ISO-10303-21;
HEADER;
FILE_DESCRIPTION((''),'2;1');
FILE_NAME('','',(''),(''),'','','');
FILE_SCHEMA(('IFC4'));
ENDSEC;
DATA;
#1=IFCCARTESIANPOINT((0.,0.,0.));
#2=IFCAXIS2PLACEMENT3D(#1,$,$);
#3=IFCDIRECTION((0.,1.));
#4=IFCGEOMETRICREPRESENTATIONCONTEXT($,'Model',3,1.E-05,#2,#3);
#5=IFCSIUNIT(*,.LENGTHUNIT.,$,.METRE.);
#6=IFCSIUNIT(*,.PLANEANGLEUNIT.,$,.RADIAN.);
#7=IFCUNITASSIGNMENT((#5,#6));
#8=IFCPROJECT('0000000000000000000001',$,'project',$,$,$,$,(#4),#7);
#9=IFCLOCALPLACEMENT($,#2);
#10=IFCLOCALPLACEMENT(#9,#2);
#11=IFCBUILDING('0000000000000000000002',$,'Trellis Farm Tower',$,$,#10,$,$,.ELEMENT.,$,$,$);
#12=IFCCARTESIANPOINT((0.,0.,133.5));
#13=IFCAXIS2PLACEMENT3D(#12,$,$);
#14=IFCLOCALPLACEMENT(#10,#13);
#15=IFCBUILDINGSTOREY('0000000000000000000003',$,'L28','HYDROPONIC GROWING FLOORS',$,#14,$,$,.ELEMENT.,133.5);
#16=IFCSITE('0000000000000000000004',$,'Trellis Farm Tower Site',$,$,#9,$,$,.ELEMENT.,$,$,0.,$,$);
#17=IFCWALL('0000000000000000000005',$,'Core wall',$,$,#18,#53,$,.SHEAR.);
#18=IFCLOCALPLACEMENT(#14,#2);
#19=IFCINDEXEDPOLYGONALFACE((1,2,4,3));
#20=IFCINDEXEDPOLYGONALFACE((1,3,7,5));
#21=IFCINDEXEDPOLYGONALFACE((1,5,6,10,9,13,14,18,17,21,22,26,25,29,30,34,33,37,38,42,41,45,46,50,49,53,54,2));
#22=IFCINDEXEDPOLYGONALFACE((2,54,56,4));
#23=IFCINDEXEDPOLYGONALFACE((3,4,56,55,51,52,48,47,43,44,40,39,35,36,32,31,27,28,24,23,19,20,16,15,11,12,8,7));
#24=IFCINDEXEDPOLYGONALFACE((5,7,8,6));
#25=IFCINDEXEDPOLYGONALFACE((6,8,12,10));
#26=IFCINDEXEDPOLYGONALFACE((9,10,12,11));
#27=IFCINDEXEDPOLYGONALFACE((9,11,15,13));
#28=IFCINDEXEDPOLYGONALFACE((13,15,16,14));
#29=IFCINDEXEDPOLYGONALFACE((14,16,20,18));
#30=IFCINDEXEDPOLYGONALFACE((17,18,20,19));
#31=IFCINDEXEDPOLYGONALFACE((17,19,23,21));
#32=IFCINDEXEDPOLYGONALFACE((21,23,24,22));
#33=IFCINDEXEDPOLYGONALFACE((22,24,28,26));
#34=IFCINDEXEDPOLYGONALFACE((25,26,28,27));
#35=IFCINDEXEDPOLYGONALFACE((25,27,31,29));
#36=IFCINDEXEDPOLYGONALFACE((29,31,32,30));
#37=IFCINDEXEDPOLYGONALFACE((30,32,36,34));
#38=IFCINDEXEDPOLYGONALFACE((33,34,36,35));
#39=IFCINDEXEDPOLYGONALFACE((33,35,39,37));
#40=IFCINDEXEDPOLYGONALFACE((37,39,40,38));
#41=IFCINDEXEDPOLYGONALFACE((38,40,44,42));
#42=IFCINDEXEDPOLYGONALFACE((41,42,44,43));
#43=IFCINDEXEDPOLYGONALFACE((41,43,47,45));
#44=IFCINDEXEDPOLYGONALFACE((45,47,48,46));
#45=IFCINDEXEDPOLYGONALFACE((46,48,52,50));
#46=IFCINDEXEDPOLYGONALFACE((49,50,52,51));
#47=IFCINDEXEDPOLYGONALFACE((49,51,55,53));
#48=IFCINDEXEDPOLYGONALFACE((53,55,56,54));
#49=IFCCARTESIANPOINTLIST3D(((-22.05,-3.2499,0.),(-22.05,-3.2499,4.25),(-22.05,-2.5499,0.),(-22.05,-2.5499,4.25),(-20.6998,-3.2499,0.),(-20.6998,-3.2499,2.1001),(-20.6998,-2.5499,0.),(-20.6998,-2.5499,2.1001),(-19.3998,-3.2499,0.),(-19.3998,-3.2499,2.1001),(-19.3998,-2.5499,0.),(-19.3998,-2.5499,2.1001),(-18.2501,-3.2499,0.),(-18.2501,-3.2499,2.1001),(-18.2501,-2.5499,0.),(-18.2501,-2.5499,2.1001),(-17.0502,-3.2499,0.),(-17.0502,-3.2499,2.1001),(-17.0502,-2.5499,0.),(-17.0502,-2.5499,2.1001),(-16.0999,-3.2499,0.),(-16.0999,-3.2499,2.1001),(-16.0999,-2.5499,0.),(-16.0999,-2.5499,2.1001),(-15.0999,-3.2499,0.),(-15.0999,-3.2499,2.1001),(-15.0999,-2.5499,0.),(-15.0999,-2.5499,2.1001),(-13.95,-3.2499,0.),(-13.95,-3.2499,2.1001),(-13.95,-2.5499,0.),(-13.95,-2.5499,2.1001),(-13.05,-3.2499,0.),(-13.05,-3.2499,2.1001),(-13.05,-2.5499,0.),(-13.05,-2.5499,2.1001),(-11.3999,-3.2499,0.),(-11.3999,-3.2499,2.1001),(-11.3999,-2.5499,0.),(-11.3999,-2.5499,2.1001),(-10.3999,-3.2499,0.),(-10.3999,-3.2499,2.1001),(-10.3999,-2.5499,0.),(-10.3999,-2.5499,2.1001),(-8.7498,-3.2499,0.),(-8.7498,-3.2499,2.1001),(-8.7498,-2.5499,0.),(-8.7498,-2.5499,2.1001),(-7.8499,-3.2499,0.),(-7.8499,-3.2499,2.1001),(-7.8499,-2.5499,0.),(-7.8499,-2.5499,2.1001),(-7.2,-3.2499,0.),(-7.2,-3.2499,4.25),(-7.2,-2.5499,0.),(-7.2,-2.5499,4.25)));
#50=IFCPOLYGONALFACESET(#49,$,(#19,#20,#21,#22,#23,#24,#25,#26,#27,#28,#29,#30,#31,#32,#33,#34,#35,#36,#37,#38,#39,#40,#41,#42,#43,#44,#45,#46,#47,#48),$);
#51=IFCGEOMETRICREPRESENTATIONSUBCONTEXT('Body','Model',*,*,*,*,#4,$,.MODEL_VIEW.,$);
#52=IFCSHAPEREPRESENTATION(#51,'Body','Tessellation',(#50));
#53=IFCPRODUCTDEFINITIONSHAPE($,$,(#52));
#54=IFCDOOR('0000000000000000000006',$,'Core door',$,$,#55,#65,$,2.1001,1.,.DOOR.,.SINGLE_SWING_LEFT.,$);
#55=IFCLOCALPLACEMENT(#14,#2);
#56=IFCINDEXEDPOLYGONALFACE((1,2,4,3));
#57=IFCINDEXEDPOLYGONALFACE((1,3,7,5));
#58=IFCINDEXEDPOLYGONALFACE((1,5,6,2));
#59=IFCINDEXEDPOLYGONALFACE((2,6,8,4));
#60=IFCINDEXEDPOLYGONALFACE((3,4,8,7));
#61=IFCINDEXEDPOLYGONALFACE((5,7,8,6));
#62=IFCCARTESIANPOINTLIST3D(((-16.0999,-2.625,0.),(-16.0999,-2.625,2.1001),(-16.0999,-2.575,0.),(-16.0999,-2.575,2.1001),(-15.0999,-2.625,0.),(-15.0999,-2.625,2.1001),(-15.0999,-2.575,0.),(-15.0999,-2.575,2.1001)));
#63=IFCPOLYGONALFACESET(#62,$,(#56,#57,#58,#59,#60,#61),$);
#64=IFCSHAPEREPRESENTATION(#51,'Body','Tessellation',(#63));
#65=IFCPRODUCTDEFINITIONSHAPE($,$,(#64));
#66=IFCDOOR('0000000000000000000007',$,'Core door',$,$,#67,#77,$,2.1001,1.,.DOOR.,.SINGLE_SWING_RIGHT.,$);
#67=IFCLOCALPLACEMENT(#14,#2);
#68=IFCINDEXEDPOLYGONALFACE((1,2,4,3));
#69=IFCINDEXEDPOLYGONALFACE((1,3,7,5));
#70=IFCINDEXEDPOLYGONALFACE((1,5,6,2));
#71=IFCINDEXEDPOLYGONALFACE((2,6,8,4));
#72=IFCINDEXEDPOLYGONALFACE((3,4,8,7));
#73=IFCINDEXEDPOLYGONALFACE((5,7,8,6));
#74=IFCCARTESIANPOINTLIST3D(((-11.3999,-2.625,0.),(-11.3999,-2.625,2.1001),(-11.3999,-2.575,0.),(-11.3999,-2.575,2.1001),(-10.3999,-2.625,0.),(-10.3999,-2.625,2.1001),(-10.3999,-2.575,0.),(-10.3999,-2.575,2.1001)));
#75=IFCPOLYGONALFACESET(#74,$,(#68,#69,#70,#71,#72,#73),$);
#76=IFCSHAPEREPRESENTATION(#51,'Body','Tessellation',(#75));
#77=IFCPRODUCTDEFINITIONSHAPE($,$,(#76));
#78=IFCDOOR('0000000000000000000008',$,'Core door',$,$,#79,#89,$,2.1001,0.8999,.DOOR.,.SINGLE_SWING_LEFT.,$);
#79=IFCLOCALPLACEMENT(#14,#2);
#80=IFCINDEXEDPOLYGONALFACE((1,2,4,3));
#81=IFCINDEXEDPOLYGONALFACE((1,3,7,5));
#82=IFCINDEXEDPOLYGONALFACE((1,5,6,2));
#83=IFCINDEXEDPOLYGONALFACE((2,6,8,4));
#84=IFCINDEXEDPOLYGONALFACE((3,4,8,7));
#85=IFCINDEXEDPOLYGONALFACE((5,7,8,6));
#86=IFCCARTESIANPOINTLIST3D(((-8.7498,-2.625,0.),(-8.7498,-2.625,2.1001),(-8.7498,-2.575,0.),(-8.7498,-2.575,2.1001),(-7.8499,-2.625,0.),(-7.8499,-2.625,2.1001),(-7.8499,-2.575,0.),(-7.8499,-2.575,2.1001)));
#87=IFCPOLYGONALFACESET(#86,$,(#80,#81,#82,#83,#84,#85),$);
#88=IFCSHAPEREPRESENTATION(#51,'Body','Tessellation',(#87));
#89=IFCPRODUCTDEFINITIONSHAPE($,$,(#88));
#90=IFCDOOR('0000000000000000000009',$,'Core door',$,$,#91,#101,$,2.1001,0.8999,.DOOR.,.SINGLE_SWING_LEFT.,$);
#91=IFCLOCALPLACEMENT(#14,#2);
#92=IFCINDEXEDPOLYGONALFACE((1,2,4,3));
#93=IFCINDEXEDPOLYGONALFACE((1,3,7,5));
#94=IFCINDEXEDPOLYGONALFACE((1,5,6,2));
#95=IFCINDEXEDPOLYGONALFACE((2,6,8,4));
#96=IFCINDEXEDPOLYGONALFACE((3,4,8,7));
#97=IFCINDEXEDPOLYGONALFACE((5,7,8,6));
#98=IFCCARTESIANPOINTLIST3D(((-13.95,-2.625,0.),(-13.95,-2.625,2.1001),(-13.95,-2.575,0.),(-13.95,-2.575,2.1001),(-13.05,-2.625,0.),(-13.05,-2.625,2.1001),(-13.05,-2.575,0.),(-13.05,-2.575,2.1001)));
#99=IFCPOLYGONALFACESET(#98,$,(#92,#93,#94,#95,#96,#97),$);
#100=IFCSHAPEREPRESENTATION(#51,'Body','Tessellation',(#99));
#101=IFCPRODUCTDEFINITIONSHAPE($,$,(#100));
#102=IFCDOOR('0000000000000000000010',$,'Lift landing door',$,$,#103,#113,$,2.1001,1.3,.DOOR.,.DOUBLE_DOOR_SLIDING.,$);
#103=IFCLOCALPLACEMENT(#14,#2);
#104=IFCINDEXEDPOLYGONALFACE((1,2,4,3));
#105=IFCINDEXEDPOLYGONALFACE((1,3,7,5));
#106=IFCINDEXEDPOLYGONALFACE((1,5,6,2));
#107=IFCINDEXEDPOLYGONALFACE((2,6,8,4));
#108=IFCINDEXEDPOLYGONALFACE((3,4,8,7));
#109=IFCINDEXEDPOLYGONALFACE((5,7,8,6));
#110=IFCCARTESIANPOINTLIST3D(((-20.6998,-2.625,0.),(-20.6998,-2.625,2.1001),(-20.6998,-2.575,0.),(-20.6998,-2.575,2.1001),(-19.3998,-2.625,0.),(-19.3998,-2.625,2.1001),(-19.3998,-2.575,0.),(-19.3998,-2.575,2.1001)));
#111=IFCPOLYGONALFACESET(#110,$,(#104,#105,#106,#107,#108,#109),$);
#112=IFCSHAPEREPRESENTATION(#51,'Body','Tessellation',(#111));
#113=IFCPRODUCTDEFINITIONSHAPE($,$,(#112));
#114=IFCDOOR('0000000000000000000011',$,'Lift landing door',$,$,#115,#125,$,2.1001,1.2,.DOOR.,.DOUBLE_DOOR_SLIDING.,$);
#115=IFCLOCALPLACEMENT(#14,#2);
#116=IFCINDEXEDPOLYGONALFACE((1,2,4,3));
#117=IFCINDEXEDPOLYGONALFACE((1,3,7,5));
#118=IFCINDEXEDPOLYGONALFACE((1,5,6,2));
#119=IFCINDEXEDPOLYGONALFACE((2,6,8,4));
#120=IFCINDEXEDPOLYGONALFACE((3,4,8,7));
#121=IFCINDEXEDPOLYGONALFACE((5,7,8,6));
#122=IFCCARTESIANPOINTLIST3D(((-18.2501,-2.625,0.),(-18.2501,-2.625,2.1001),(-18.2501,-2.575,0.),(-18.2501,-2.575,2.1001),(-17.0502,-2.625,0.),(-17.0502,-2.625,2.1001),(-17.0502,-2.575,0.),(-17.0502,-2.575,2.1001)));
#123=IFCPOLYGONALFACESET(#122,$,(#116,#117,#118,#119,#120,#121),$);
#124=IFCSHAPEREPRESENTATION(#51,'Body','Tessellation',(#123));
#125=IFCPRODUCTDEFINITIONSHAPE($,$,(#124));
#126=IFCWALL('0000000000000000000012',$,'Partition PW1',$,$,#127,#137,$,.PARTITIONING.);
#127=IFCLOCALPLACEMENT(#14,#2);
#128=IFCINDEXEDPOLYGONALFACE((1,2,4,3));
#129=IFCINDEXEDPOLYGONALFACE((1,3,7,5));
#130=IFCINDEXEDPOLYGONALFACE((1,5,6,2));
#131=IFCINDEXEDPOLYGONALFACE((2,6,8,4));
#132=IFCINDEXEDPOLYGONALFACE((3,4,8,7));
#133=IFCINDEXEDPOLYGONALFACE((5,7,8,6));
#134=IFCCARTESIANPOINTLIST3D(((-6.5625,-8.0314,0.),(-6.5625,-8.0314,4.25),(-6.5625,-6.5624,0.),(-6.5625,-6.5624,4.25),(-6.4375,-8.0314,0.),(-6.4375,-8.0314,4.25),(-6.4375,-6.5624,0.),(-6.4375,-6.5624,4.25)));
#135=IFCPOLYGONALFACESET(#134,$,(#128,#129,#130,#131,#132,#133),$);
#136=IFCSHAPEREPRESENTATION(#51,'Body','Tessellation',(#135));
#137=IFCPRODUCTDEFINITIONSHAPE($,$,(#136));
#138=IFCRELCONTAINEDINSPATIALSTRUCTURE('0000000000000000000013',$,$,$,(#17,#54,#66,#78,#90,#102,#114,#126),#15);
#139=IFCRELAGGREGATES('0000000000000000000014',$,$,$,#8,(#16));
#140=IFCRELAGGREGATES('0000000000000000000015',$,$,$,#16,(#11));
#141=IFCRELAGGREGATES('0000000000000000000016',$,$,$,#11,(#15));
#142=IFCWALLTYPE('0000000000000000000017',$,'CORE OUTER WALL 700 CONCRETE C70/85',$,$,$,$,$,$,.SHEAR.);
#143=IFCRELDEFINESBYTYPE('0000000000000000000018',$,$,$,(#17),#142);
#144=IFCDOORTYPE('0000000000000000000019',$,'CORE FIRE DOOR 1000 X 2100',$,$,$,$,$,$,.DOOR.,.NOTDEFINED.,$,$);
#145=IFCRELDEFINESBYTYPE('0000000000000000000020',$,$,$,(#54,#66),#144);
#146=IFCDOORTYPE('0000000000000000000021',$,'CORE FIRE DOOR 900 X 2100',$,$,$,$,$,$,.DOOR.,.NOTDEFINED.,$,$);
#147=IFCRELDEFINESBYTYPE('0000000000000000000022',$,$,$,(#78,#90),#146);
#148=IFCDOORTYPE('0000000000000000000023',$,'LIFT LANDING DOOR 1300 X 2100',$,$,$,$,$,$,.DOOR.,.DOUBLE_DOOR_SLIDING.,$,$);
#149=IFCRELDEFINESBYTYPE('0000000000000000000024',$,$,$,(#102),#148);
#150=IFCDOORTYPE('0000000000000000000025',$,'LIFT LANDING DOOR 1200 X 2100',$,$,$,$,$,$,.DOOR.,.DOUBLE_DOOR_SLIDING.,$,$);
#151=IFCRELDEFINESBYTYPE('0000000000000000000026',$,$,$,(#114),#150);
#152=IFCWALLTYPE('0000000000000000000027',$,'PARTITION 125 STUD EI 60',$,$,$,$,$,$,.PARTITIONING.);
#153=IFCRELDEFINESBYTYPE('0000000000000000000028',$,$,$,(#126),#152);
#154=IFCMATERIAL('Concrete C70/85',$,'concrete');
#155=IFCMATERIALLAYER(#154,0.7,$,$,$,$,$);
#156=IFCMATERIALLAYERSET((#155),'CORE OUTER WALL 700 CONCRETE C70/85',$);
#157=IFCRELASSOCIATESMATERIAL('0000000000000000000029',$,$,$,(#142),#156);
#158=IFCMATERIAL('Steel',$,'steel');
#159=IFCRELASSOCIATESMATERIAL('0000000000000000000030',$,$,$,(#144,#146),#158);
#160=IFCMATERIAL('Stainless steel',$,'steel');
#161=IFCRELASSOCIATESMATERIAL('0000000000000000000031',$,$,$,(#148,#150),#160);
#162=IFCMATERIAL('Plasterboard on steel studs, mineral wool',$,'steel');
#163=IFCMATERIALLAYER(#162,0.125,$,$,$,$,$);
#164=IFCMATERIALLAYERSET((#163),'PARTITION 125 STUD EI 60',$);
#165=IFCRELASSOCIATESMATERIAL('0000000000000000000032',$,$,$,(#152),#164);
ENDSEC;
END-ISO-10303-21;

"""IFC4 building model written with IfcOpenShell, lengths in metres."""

from ifc_helpers import new_model, si_unit, direction, frame, frame_2d, origin, place, context, subcontext, project, spatial, rectangle, extrude, source, transform, mapped, material, layer, layer_set, type_object, element, fill, save


model = new_model("IFC4")

# Units and contexts
model_context = context("Model", 3, precision=1e-05, world=origin(), true_north=direction((0.0, 1.0)))
body_context = subcontext(model_context, "Body", "Model", "MODEL_VIEW")
ifc_project = project(units=[si_unit("LENGTHUNIT", "METRE"), si_unit("PLANEANGLEUNIT", "RADIAN")], contexts=[model_context])

# Site, building, storey
site_placement = place(None, origin())
site = spatial("IfcSite", under=ifc_project, at=site_placement, Name="Trellis Farm Tower Site", CompositionType="ELEMENT", RefElevation=0.0)
building_placement = place(site_placement, origin())
building = spatial("IfcBuilding", under=site, at=building_placement, Name="Trellis Farm Tower", CompositionType="ELEMENT")
storey_placement = place(building_placement, frame((0.0, 0.0, 133.5)))
storey = spatial("IfcBuildingStorey", under=building, at=storey_placement, Name="L28", Description="HYDROPONIC GROWING FLOORS", CompositionType="ELEMENT", Elevation=133.5)

# Shared definitions
ifc_material_1 = material(Name="Concrete C70/85", Category="concrete")

# Wall, openings, doors
ifc_layer_1 = layer(ifc_material_1, 0.7)
ifc_layer_set_1 = layer_set([ifc_layer_1], Name="CORE OUTER WALL 700 CONCRETE C70/85")
wall_type_1 = type_object("IfcWallType", Name="CORE OUTER WALL 700 CONCRETE C70/85", PredefinedType="SHEAR", material=ifc_layer_set_1)
shared_shape_1 = source(origin(), body_context, "Body", "SweptSolid", [
    extrude(rectangle(XDim=14.8501, YDim=0.7, at=frame_2d((7.425, 0.0))), origin(), (0.0, 0.0, 1.0), 4.25),
])
wall_1_placement = place(storey_placement, frame((-7.2, -2.8999, 0.0), z_axis=(0.0, 0.0, 1.0), x_axis=(-1.0, 0.0, 0.0)))
wall_1 = element("IfcWall", 1, at=wall_1_placement, inside=storey, type_object=wall_type_1, Name="Core wall", PredefinedType="SHEAR", context=body_context, shape_type="MappedRepresentation", body=[
    mapped(shared_shape_1, transform((0.0, 0.0, 0.0))),
])
shared_shape_2 = source(origin(), body_context, "Body", "SweptSolid", [
    extrude(rectangle(XDim=1.3, YDim=2.1001, at=frame_2d((0.6499, 1.05))), frame((0.0, 0.3601, 0.0), z_axis=(0.0, -1.0, 0.0), x_axis=(1.0, 0.0, 0.0)), (0.0, 0.0, 1.0), 0.7202),
])
opening_1_placement = place(wall_1_placement, frame((12.2, 0.0, 0.0)))
opening_1 = element("IfcOpeningElement", 2, at=opening_1_placement, cuts=wall_1, PredefinedType="OPENING", context=body_context, shape_type="MappedRepresentation", body=[
    mapped(shared_shape_2, transform((0.0, 0.0, 0.0))),
])
shared_shape_3 = source(origin(), body_context, "Body", "SweptSolid", [
    extrude(rectangle(XDim=1.2, YDim=2.1001, at=frame_2d((0.6001, 1.05))), frame((0.0, 0.3601, 0.0), z_axis=(0.0, -1.0, 0.0), x_axis=(1.0, 0.0, 0.0)), (0.0, 0.0, 1.0), 0.7202),
])
opening_2_placement = place(wall_1_placement, frame((9.8501, 0.0, 0.0)))
opening_2 = element("IfcOpeningElement", 3, at=opening_2_placement, cuts=wall_1, PredefinedType="OPENING", context=body_context, shape_type="MappedRepresentation", body=[
    mapped(shared_shape_3, transform((0.0, 0.0, 0.0))),
])
shared_shape_4 = source(origin(), body_context, "Body", "SweptSolid", [
    extrude(rectangle(XDim=1.0, YDim=2.1001, at=frame_2d((0.5, 1.05))), frame((0.0, 0.3601, 0.0), z_axis=(0.0, -1.0, 0.0), x_axis=(1.0, 0.0, 0.0)), (0.0, 0.0, 1.0), 0.7202),
])
opening_3_placement = place(wall_1_placement, frame((7.8999, 0.0, 0.0)))
opening_3 = element("IfcOpeningElement", 4, at=opening_3_placement, cuts=wall_1, PredefinedType="OPENING", context=body_context, shape_type="MappedRepresentation", body=[
    mapped(shared_shape_4, transform((0.0, 0.0, 0.0))),
])
shared_shape_5 = source(origin(), body_context, "Body", "SweptSolid", [
    extrude(rectangle(XDim=0.8999, YDim=2.1001, at=frame_2d((0.45, 1.05))), frame((0.0, 0.3601, 0.0), z_axis=(0.0, -1.0, 0.0), x_axis=(1.0, 0.0, 0.0)), (0.0, 0.0, 1.0), 0.7202),
])
opening_4_placement = place(wall_1_placement, frame((0.6499, 0.0, 0.0)))
opening_4 = element("IfcOpeningElement", 5, at=opening_4_placement, cuts=wall_1, PredefinedType="OPENING", context=body_context, shape_type="MappedRepresentation", body=[
    mapped(shared_shape_5, transform((0.0, 0.0, 0.0))),
])
opening_5_placement = place(wall_1_placement, frame((3.2, 0.0, 0.0)))
opening_5 = element("IfcOpeningElement", 6, at=opening_5_placement, cuts=wall_1, PredefinedType="OPENING", context=body_context, shape_type="MappedRepresentation", body=[
    mapped(shared_shape_4, transform((0.0, 0.0, 0.0))),
])
opening_6_placement = place(wall_1_placement, frame((5.8501, 0.0, 0.0)))
opening_6 = element("IfcOpeningElement", 7, at=opening_6_placement, cuts=wall_1, PredefinedType="OPENING", context=body_context, shape_type="MappedRepresentation", body=[
    mapped(shared_shape_5, transform((0.0, 0.0, 0.0))),
])
ifc_material_2 = material(Name="Steel", Category="steel")
door_type_1 = type_object("IfcDoorType", Name="CORE FIRE DOOR 1000 X 2100", OperationType="NOTDEFINED", PredefinedType="DOOR", material=ifc_material_2)
shared_shape_6 = source(origin(), body_context, "Body", "SweptSolid", [
    extrude(rectangle(XDim=1.0, YDim=2.1001, at=frame_2d((0.5, 1.05))), frame((0.0, -0.2749, 0.0), z_axis=(0.0, -1.0, 0.0), x_axis=(1.0, 0.0, 0.0)), (0.0, 0.0, 1.0), 0.05),
])
door_1_placement = place(opening_3_placement, origin())
door_1 = element("IfcDoor", 8, at=door_1_placement, inside=storey, type_object=door_type_1, Name="Core door", OperationType="SINGLE_SWING_LEFT", OverallHeight=2.1001, OverallWidth=1.0, PredefinedType="DOOR", context=body_context, shape_type="MappedRepresentation", body=[
    mapped(shared_shape_6, transform((0.0, 0.0, 0.0))),
])
fill(opening_3, door_1)
door_2_placement = place(opening_5_placement, origin())
door_2 = element("IfcDoor", 9, at=door_2_placement, inside=storey, type_object=door_type_1, Name="Core door", OperationType="SINGLE_SWING_RIGHT", OverallHeight=2.1001, OverallWidth=1.0, PredefinedType="DOOR", context=body_context, shape_type="MappedRepresentation", body=[
    mapped(shared_shape_6, transform((0.0, 0.0, 0.0))),
])
fill(opening_5, door_2)
door_type_2 = type_object("IfcDoorType", Name="CORE FIRE DOOR 900 X 2100", OperationType="NOTDEFINED", PredefinedType="DOOR", material=ifc_material_2)
shared_shape_7 = source(origin(), body_context, "Body", "SweptSolid", [
    extrude(rectangle(XDim=0.8999, YDim=2.1001, at=frame_2d((0.45, 1.05))), frame((0.0, -0.2749, 0.0), z_axis=(0.0, -1.0, 0.0), x_axis=(1.0, 0.0, 0.0)), (0.0, 0.0, 1.0), 0.05),
])
door_3_placement = place(opening_4_placement, origin())
door_3 = element("IfcDoor", 10, at=door_3_placement, inside=storey, type_object=door_type_2, Name="Core door", OperationType="SINGLE_SWING_LEFT", OverallHeight=2.1001, OverallWidth=0.8999, PredefinedType="DOOR", context=body_context, shape_type="MappedRepresentation", body=[
    mapped(shared_shape_7, transform((0.0, 0.0, 0.0))),
])
fill(opening_4, door_3)
door_4_placement = place(opening_6_placement, origin())
door_4 = element("IfcDoor", 11, at=door_4_placement, inside=storey, type_object=door_type_2, Name="Core door", OperationType="SINGLE_SWING_LEFT", OverallHeight=2.1001, OverallWidth=0.8999, PredefinedType="DOOR", context=body_context, shape_type="MappedRepresentation", body=[
    mapped(shared_shape_7, transform((0.0, 0.0, 0.0))),
])
fill(opening_6, door_4)
ifc_material_3 = material(Name="Stainless steel", Category="steel")
door_type_3 = type_object("IfcDoorType", Name="LIFT LANDING DOOR 1300 X 2100", OperationType="DOUBLE_DOOR_SLIDING", PredefinedType="DOOR", material=ifc_material_3)
shared_shape_8 = source(origin(), body_context, "Body", "SweptSolid", [
    extrude(rectangle(XDim=1.3, YDim=2.1001, at=frame_2d((0.6499, 1.05))), frame((0.0, -0.2749, 0.0), z_axis=(0.0, -1.0, 0.0), x_axis=(1.0, 0.0, 0.0)), (0.0, 0.0, 1.0), 0.05),
])
door_5_placement = place(opening_1_placement, origin())
door_5 = element("IfcDoor", 12, at=door_5_placement, inside=storey, type_object=door_type_3, Name="Lift landing door", OperationType="DOUBLE_DOOR_SLIDING", OverallHeight=2.1001, OverallWidth=1.3, PredefinedType="DOOR", context=body_context, shape_type="MappedRepresentation", body=[
    mapped(shared_shape_8, transform((0.0, 0.0, 0.0))),
])
fill(opening_1, door_5)
door_type_4 = type_object("IfcDoorType", Name="LIFT LANDING DOOR 1200 X 2100", OperationType="DOUBLE_DOOR_SLIDING", PredefinedType="DOOR", material=ifc_material_3)
shared_shape_9 = source(origin(), body_context, "Body", "SweptSolid", [
    extrude(rectangle(XDim=1.2, YDim=2.1001, at=frame_2d((0.6001, 1.05))), frame((0.0, -0.2749, 0.0), z_axis=(0.0, -1.0, 0.0), x_axis=(1.0, 0.0, 0.0)), (0.0, 0.0, 1.0), 0.05),
])
door_6_placement = place(opening_2_placement, origin())
door_6 = element("IfcDoor", 13, at=door_6_placement, inside=storey, type_object=door_type_4, Name="Lift landing door", OperationType="DOUBLE_DOOR_SLIDING", OverallHeight=2.1001, OverallWidth=1.2, PredefinedType="DOOR", context=body_context, shape_type="MappedRepresentation", body=[
    mapped(shared_shape_9, transform((0.0, 0.0, 0.0))),
])
fill(opening_2, door_6)

# Wall
ifc_material_4 = material(Name="Plasterboard on steel studs, mineral wool", Category="steel")
ifc_layer_2 = layer(ifc_material_4, 0.125)
ifc_layer_set_2 = layer_set([ifc_layer_2], Name="PARTITION 125 STUD EI 60")
wall_type_2 = type_object("IfcWallType", Name="PARTITION 125 STUD EI 60", PredefinedType="PARTITIONING", material=ifc_layer_set_2)
shared_shape_10 = source(origin(), body_context, "Body", "SweptSolid", [
    extrude(rectangle(XDim=1.469, YDim=0.125, at=frame_2d((0.7344, 0.0))), origin(), (0.0, 0.0, 1.0), 4.25),
])
wall_2_placement = place(storey_placement, frame((-6.5, -6.5625, 0.0), z_axis=(0.0, 0.0, 1.0), x_axis=(0.0, -1.0, 0.0)))
element("IfcWall", 14, at=wall_2_placement, inside=storey, type_object=wall_type_2, Name="Partition PW1", PredefinedType="PARTITIONING", context=body_context, shape_type="MappedRepresentation", body=[
    mapped(shared_shape_10, transform((0.0, 0.0, 0.0))),
])

save(model, "model.ifc")
